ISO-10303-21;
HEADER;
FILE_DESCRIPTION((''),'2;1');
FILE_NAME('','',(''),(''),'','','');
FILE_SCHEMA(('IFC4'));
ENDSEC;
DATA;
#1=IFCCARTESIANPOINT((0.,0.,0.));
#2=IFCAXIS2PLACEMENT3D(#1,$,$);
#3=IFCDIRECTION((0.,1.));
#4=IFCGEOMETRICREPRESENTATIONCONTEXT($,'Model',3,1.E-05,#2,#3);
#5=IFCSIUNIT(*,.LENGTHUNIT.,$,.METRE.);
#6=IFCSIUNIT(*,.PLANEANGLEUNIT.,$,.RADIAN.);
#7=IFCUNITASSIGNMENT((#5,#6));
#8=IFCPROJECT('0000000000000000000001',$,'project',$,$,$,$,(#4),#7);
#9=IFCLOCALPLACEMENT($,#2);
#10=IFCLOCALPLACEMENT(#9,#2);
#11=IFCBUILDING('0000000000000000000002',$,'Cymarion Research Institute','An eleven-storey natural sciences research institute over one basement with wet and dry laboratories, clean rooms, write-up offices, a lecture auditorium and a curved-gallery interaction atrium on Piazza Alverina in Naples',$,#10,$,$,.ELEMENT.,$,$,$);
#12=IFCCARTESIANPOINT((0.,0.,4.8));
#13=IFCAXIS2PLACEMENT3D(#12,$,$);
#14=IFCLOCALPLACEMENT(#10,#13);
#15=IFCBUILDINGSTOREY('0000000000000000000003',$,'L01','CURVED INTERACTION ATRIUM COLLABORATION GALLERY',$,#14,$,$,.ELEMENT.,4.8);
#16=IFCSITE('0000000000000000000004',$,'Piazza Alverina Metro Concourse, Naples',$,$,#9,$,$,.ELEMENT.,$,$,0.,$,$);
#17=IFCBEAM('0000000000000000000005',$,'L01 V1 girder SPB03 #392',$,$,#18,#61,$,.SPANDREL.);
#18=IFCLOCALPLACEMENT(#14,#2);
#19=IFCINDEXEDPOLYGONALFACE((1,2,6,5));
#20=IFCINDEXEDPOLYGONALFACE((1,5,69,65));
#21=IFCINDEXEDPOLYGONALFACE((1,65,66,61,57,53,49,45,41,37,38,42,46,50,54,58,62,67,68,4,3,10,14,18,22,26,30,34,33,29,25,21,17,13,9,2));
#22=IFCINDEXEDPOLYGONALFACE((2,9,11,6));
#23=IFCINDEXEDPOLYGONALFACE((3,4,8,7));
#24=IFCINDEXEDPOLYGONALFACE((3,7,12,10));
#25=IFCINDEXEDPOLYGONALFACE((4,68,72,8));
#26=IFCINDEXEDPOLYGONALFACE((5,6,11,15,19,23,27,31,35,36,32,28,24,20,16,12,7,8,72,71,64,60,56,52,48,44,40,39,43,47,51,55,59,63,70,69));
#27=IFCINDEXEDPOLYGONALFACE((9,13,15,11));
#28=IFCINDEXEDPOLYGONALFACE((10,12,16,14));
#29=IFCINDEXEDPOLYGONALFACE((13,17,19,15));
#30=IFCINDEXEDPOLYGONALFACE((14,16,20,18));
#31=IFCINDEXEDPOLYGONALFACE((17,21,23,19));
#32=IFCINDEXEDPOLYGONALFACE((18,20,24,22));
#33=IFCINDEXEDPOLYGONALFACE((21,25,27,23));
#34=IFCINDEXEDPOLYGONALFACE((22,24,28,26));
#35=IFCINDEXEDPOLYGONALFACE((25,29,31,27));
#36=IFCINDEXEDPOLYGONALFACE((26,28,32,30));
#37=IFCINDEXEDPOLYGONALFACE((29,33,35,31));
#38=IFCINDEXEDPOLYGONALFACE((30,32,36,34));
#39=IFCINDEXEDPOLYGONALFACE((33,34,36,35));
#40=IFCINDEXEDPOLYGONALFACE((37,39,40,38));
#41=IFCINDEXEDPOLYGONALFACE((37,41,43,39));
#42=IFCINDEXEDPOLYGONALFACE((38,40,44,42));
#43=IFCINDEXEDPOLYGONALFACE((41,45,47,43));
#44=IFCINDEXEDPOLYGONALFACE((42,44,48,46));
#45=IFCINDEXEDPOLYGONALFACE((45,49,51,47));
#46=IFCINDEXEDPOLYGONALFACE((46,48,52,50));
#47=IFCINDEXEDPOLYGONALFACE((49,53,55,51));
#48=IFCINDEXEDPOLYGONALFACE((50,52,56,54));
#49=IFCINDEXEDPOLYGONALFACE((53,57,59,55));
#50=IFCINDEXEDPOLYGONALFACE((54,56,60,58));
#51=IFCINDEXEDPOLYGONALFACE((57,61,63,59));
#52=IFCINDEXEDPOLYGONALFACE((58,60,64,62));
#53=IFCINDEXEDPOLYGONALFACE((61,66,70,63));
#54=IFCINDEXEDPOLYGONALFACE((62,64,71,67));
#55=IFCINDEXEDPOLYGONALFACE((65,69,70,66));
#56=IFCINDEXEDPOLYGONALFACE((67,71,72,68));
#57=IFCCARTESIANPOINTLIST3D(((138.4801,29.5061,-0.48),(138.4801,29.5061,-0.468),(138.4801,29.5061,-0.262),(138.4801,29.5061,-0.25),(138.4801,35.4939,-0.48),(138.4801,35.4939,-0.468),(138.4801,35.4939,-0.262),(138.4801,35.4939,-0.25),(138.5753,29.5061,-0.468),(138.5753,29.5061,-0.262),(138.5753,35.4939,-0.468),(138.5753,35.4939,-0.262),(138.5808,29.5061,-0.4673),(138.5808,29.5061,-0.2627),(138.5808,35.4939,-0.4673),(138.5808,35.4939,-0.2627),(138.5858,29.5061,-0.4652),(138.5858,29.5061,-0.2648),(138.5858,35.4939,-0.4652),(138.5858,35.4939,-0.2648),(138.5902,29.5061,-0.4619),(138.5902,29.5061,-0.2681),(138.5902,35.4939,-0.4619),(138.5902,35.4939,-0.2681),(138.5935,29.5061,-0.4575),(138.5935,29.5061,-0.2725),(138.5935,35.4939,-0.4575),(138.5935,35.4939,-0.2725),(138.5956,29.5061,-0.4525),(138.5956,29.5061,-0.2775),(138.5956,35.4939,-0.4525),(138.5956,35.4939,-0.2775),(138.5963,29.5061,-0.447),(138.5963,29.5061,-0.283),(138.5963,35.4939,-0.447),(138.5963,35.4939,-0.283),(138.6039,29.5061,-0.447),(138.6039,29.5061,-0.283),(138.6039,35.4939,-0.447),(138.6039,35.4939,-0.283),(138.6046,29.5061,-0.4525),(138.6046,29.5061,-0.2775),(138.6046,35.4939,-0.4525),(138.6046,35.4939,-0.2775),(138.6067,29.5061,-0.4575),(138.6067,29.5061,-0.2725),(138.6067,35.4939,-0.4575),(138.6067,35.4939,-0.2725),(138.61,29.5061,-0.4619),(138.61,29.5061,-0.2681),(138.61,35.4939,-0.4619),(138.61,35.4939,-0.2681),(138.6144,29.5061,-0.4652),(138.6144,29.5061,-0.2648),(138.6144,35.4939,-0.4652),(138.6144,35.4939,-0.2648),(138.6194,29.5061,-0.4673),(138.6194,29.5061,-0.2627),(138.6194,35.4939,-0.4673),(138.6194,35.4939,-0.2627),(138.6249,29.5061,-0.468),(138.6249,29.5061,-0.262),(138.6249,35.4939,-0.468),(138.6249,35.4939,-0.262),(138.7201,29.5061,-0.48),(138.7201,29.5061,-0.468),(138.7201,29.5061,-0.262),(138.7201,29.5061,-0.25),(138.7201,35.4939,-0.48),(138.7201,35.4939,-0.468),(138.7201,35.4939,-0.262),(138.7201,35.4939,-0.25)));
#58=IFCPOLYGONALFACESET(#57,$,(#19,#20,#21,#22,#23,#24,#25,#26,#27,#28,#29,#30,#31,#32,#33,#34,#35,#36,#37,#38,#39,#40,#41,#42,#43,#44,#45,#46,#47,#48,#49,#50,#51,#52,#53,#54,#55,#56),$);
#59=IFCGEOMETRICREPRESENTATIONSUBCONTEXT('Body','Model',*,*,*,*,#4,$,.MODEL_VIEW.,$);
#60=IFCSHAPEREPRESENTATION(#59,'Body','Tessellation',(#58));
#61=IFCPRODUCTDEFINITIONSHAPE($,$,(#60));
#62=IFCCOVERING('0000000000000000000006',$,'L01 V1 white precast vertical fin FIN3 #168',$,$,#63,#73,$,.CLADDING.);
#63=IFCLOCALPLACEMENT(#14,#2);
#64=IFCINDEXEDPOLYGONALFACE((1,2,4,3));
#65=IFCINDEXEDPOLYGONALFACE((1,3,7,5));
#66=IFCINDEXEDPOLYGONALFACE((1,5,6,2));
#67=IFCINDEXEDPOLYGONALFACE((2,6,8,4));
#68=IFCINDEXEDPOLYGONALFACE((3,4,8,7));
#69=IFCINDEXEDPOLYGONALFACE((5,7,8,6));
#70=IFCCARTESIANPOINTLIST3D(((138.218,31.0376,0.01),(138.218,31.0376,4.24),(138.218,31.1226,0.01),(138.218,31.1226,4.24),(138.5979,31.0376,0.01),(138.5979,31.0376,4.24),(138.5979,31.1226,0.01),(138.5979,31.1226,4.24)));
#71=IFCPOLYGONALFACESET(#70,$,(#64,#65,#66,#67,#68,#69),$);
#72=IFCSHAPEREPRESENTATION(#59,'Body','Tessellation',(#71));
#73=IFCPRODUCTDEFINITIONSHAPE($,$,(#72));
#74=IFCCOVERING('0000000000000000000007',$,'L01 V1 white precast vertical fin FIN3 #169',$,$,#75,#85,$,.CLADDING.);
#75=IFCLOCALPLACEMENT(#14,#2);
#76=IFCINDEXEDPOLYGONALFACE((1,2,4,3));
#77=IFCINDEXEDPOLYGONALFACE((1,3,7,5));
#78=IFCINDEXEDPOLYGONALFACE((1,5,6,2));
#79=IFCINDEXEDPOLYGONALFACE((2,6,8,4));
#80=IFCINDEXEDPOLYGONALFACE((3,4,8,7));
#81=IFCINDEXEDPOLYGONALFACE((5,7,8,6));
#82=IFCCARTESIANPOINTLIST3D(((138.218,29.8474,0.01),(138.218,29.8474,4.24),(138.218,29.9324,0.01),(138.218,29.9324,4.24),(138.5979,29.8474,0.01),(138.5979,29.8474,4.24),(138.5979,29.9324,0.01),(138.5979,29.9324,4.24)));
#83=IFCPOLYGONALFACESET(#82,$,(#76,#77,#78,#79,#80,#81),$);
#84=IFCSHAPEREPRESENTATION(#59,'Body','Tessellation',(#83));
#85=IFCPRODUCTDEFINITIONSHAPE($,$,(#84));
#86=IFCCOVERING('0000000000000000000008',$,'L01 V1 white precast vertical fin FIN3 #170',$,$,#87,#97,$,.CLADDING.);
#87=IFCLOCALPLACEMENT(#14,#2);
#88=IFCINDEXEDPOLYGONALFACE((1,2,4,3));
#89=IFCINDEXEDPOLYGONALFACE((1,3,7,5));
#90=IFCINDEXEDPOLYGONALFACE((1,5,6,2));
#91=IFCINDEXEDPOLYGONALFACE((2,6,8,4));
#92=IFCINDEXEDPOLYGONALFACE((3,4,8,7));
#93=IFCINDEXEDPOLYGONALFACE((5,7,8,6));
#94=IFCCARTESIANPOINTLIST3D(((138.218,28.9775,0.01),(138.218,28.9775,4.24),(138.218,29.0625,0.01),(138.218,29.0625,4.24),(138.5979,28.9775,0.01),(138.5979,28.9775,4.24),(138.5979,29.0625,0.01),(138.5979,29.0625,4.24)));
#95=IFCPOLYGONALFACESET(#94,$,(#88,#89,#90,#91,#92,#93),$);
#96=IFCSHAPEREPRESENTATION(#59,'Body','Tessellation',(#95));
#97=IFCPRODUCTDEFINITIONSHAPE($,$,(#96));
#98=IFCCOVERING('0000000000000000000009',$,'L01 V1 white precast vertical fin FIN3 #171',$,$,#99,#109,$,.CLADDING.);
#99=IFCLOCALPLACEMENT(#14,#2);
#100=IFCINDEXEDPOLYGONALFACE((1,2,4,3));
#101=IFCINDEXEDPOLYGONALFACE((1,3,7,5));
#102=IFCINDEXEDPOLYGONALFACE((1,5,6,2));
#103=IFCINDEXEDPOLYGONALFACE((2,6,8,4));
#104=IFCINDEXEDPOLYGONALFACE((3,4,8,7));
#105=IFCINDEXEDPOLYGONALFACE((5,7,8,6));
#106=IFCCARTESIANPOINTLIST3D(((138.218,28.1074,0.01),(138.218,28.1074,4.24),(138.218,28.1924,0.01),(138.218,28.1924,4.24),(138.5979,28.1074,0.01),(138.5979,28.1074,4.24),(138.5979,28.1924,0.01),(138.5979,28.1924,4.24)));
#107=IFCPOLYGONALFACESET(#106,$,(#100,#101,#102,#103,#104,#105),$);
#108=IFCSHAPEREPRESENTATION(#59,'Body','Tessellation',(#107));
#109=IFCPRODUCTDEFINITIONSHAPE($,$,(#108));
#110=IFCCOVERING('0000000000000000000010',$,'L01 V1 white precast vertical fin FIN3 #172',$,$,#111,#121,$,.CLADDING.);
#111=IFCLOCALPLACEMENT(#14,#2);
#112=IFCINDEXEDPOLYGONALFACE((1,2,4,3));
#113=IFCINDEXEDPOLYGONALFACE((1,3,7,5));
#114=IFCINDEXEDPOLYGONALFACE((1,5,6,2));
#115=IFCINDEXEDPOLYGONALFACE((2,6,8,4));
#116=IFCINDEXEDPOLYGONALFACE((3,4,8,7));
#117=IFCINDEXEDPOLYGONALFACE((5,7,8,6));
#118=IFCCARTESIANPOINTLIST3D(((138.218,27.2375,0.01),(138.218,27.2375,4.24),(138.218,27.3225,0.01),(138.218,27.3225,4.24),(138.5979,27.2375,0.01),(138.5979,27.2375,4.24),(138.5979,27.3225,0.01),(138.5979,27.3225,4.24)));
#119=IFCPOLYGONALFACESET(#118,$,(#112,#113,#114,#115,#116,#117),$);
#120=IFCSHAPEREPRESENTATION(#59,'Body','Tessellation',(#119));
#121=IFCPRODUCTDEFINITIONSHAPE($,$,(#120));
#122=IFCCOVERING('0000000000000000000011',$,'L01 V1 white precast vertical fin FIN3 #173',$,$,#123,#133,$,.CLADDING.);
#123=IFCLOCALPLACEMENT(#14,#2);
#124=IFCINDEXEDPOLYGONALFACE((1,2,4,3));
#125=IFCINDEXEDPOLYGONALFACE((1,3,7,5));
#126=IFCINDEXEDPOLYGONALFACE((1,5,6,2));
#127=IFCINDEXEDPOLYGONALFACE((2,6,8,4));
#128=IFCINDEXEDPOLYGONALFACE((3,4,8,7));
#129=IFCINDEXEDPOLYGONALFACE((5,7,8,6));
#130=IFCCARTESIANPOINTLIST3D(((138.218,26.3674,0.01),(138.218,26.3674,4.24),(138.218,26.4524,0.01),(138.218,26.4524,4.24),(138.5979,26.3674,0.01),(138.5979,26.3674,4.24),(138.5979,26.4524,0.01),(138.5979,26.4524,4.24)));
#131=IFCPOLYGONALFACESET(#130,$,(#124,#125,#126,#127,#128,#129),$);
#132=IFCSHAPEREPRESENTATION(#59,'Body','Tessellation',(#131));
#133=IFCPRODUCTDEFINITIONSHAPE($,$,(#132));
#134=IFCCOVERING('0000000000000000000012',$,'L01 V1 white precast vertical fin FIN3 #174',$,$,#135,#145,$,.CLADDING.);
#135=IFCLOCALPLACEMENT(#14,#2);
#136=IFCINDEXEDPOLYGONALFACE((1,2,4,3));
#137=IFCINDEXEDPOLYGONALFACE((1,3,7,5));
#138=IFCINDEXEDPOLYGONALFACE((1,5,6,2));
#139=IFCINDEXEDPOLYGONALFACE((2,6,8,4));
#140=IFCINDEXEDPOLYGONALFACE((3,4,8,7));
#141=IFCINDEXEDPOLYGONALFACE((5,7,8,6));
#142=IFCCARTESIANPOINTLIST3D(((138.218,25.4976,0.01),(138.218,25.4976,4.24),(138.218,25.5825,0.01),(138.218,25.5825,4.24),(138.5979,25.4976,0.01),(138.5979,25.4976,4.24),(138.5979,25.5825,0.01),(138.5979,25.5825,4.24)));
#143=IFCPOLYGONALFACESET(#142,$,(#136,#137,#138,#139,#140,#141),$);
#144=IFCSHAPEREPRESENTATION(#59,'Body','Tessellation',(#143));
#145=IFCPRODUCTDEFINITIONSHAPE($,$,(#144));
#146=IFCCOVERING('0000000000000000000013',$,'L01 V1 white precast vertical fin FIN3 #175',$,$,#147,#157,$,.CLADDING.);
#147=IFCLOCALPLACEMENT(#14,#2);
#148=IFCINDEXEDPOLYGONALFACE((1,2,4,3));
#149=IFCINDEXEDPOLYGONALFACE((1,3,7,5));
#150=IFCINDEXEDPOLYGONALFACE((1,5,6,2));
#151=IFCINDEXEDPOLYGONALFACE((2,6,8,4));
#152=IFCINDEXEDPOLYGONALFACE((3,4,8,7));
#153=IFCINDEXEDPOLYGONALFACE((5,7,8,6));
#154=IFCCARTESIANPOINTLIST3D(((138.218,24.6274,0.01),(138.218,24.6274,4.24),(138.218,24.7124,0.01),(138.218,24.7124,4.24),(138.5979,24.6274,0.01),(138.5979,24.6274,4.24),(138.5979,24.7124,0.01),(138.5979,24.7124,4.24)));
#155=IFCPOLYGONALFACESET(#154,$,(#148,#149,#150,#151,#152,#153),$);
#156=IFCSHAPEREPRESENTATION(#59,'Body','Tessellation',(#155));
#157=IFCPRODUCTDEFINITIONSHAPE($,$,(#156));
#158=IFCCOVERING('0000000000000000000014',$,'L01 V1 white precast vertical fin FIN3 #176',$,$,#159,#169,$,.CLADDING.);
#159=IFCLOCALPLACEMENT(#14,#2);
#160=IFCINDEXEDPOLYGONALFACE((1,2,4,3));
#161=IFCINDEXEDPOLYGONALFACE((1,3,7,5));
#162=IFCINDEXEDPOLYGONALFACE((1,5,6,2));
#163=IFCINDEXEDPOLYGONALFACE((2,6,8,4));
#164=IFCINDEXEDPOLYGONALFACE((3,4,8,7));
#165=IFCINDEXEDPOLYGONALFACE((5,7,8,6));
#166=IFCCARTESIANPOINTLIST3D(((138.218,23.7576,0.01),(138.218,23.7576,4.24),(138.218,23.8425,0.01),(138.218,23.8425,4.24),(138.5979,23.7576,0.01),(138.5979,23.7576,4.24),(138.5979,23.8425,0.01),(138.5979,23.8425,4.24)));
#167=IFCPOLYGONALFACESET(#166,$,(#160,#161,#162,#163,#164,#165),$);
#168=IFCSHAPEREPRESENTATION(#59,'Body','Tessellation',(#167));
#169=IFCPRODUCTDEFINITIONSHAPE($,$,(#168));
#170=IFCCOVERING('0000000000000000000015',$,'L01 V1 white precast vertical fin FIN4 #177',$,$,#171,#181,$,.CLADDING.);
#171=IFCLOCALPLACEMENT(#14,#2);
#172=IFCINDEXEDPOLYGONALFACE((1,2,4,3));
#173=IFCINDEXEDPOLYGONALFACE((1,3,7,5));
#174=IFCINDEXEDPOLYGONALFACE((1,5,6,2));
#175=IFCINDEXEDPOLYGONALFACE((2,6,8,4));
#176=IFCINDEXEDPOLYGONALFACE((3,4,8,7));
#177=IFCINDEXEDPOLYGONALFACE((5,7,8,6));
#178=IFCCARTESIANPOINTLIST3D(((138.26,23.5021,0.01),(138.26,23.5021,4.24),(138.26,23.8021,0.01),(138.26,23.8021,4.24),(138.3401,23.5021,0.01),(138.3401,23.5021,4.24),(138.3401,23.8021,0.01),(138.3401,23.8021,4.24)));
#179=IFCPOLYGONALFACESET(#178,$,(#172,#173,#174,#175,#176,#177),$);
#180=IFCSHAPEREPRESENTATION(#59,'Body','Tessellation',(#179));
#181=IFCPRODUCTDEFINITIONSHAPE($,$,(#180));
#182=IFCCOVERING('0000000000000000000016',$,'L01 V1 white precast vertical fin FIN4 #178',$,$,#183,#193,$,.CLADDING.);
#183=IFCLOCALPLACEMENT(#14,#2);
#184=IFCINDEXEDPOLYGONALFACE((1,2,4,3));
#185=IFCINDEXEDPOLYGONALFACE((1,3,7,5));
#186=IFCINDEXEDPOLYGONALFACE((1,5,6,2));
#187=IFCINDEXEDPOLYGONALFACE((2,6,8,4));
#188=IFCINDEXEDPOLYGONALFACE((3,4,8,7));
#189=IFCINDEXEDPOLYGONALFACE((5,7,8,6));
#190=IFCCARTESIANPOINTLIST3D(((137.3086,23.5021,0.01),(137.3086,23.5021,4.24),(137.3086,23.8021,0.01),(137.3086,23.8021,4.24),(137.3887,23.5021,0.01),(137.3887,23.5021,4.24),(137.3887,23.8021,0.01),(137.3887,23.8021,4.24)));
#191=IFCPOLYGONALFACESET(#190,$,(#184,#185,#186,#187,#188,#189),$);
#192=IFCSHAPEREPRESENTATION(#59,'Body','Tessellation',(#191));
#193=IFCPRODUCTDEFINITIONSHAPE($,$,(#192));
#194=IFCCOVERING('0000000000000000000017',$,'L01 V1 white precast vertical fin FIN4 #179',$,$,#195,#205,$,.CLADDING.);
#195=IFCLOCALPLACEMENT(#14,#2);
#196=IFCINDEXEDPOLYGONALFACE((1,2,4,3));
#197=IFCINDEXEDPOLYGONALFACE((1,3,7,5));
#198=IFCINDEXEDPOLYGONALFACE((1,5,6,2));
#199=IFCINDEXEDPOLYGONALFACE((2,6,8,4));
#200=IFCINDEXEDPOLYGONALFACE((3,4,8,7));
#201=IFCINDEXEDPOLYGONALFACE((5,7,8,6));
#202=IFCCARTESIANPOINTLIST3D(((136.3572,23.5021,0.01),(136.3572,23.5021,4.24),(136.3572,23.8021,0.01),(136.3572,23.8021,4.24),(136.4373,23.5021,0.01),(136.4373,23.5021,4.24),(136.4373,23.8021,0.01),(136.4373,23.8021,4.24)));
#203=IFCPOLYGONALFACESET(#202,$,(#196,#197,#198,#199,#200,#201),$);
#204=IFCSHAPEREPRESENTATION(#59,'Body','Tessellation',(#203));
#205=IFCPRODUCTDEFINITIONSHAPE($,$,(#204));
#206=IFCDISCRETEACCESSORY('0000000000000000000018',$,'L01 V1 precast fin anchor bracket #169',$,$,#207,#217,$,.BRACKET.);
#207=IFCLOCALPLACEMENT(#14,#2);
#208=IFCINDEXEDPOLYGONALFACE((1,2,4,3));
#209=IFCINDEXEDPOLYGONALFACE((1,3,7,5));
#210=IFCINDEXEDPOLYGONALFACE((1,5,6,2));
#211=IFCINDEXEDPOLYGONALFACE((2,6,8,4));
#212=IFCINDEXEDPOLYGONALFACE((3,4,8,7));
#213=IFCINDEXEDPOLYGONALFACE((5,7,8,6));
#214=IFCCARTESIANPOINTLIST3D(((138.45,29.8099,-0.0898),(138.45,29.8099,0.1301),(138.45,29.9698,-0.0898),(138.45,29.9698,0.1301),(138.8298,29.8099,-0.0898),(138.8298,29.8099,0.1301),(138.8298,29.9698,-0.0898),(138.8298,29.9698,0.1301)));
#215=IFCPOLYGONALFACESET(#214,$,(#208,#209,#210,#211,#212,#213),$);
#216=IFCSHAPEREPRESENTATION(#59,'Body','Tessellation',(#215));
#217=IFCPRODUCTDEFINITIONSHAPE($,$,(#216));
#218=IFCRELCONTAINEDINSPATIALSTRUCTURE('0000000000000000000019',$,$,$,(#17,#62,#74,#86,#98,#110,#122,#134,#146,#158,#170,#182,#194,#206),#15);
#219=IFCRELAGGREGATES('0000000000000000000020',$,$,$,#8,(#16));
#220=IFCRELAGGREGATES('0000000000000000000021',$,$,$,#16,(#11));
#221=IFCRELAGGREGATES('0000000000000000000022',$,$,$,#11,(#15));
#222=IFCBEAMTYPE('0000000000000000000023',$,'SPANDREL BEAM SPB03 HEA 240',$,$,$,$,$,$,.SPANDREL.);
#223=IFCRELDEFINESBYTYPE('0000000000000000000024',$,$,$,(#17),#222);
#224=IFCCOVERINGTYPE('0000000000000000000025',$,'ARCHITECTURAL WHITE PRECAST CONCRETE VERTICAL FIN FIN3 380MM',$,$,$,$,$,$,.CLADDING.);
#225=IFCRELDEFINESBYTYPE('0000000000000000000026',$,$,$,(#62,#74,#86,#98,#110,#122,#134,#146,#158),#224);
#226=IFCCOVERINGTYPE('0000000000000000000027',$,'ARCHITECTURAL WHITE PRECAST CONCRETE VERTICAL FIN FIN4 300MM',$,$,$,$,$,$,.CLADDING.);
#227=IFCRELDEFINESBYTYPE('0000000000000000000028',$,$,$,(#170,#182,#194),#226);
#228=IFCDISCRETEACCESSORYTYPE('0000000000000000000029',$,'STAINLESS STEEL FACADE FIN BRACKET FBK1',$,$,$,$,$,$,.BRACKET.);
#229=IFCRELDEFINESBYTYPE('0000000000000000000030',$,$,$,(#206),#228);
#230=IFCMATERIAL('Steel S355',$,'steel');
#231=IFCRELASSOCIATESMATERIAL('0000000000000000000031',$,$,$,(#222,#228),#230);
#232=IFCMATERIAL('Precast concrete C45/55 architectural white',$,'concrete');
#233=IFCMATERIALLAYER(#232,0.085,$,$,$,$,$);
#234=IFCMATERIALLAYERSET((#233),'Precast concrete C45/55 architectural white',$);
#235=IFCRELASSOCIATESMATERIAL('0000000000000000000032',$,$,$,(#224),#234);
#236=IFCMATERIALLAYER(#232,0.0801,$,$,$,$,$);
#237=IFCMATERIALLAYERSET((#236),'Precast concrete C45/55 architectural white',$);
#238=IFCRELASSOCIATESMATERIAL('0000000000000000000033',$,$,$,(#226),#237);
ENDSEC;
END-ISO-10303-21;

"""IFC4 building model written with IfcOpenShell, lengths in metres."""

from ifc_helpers import new_model, si_unit, direction, frame, origin, origin_2d, place, context, subcontext, project, spatial, rectangle, i_section, extrude, material, layer, layer_set, material_profile, profile_set, type_object, element, save


model = new_model("IFC4")

# Units and contexts
model_context = context("Model", 3, precision=1e-05, world=origin(), true_north=direction((0.0, 1.0)))
body_context = subcontext(model_context, "Body", "Model", "MODEL_VIEW")
ifc_project = project(units=[si_unit("LENGTHUNIT", "METRE"), si_unit("PLANEANGLEUNIT", "RADIAN")], contexts=[model_context])

# Site, building, storey
site_placement = place(None, origin())
site = spatial("IfcSite", under=ifc_project, at=site_placement, Name="Piazza Alverina Metro Concourse, Naples", CompositionType="ELEMENT", RefElevation=0.0)
building_placement = place(site_placement, origin())
building = spatial("IfcBuilding", under=site, at=building_placement, Name="Cymarion Research Institute", Description="An eleven-storey natural sciences research institute over one basement with wet and dry laboratories, clean rooms, write-up offices, a lecture auditorium and a curved-gallery interaction atrium on Piazza Alverina in Naples", CompositionType="ELEMENT")
storey_placement = place(building_placement, frame((0.0, 0.0, 4.8)))
storey = spatial("IfcBuildingStorey", under=building, at=storey_placement, Name="L01", Description="CURVED INTERACTION ATRIUM COLLABORATION GALLERY", CompositionType="ELEMENT", Elevation=4.8)

# Shared definitions
ifc_material_1 = material(Name="Steel S355", Category="steel")

# Beam
ifc_material_profile_1 = material_profile(ifc_material_1, i_section(OverallWidth=0.24, OverallDepth=0.23, WebThickness=0.0076, FlangeThickness=0.012, FilletRadius=0.021, at=origin_2d()), Name="HEA 240")
ifc_profile_set_1 = profile_set([ifc_material_profile_1], Name="Steel S355")
beam_type_1 = type_object("IfcBeamType", Name="SPANDREL BEAM SPB03 HEA 240", PredefinedType="SPANDREL", material=ifc_profile_set_1)
for number, where, z_axis, x_axis, name in (
    (1, (138.6001, 29.5061, -0.365), (0.0, 1.0, 0.0), (-1.0, 0.0, 0.0), "L01 V1 girder SPB03 #392"),
):
    element("IfcBeam", number, at=place(storey_placement, frame(where, z_axis=z_axis, x_axis=x_axis)), inside=storey, type_object=beam_type_1, Name=name, PredefinedType="SPANDREL", context=body_context, shape_type="SweptSolid", body=[
        extrude(i_section(OverallWidth=0.24, OverallDepth=0.23, WebThickness=0.0076, FlangeThickness=0.012, FilletRadius=0.021, at=origin_2d()), origin(), (0.0, 0.0, 1.0), 5.9878),
    ])

# Coverings
ifc_material_2 = material(Name="Precast concrete C45/55 architectural white", Category="concrete")
ifc_layer_1 = layer(ifc_material_2, 0.085)
ifc_layer_set_1 = layer_set([ifc_layer_1], Name="Precast concrete C45/55 architectural white")
covering_type_1 = type_object("IfcCoveringType", Name="ARCHITECTURAL WHITE PRECAST CONCRETE VERTICAL FIN FIN3 380MM", PredefinedType="CLADDING", material=ifc_layer_set_1)
for number, where, z_axis, x_axis, name in (
    (2, (138.408, 31.0801, 0.01), (0.0, 0.0, 1.0), (-1.0, 0.0, 0.0), "L01 V1 white precast vertical fin FIN3 #168"),
    (3, (138.408, 29.8899, 0.01), (0.0, 0.0, 1.0), (-1.0, 0.0, 0.0), "L01 V1 white precast vertical fin FIN3 #169"),
    (4, (138.408, 29.02, 0.01), (0.0, 0.0, 1.0), (-1.0, 0.0, 0.0), "L01 V1 white precast vertical fin FIN3 #170"),
    (5, (138.408, 28.1499, 0.01), (0.0, 0.0, 1.0), (-1.0, 0.0, 0.0), "L01 V1 white precast vertical fin FIN3 #171"),
    (6, (138.408, 27.28, 0.01), (0.0, 0.0, 1.0), (-1.0, 0.0, 0.0), "L01 V1 white precast vertical fin FIN3 #172"),
    (7, (138.408, 26.4099, 0.01), (0.0, 0.0, 1.0), (-1.0, 0.0, 0.0), "L01 V1 white precast vertical fin FIN3 #173"),
    (8, (138.408, 25.54, 0.01), (0.0, 0.0, 1.0), (-1.0, 0.0, 0.0), "L01 V1 white precast vertical fin FIN3 #174"),
    (9, (138.408, 24.6699, 0.01), (0.0, 0.0, 1.0), (-1.0, 0.0, 0.0), "L01 V1 white precast vertical fin FIN3 #175"),
    (10, (138.408, 23.8, 0.01), (0.0, 0.0, 1.0), (-1.0, 0.0, 0.0), "L01 V1 white precast vertical fin FIN3 #176"),
):
    element("IfcCovering", number, at=place(storey_placement, frame(where, z_axis=z_axis, x_axis=x_axis)), inside=storey, type_object=covering_type_1, Name=name, PredefinedType="CLADDING", context=body_context, shape_type="SweptSolid", body=[
        extrude(rectangle(XDim=0.3799, YDim=0.085, at=origin_2d()), origin(), (0.0, 0.0, 1.0), 4.23),
    ])
ifc_layer_2 = layer(ifc_material_2, 0.0801)
ifc_layer_set_2 = layer_set([ifc_layer_2], Name="Precast concrete C45/55 architectural white")
covering_type_2 = type_object("IfcCoveringType", Name="ARCHITECTURAL WHITE PRECAST CONCRETE VERTICAL FIN FIN4 300MM", PredefinedType="CLADDING", material=ifc_layer_set_2)
for number, where, z_axis, x_axis, name in (
    (11, (138.3, 23.6521, 0.01), (0.0, 0.0, 1.0), (0.0, 1.0, 0.0), "L01 V1 white precast vertical fin FIN4 #177"),
    (12, (137.3486, 23.6521, 0.01), (0.0, 0.0, 1.0), (0.0, 1.0, 0.0), "L01 V1 white precast vertical fin FIN4 #178"),
    (13, (136.3972, 23.6521, 0.01), (0.0, 0.0, 1.0), (0.0, 1.0, 0.0), "L01 V1 white precast vertical fin FIN4 #179"),
):
    element("IfcCovering", number, at=place(storey_placement, frame(where, z_axis=z_axis, x_axis=x_axis)), inside=storey, type_object=covering_type_2, Name=name, PredefinedType="CLADDING", context=body_context, shape_type="SweptSolid", body=[
        extrude(rectangle(XDim=0.3, YDim=0.0801, at=origin_2d()), origin(), (0.0, 0.0, 1.0), 4.23),
    ])

# Discrete accessory
discrete_accessory_type = type_object("IfcDiscreteAccessoryType", Name="STAINLESS STEEL FACADE FIN BRACKET FBK1", PredefinedType="BRACKET", material=ifc_material_1)
for number, where, z_axis, x_axis, name in (
    (14, (138.6399, 29.8899, -0.0898), (0.0, 0.0, 1.0), (-1.0, 0.0, 0.0), "L01 V1 precast fin anchor bracket #169"),
):
    element("IfcDiscreteAccessory", number, at=place(storey_placement, frame(where, z_axis=z_axis, x_axis=x_axis)), inside=storey, type_object=discrete_accessory_type, Name=name, PredefinedType="BRACKET", context=body_context, shape_type="SweptSolid", body=[
        extrude(rectangle(XDim=0.3799, YDim=0.1599, at=origin_2d()), origin(), (0.0, 0.0, 1.0), 0.22),
    ])

save(model, "model.ifc")
